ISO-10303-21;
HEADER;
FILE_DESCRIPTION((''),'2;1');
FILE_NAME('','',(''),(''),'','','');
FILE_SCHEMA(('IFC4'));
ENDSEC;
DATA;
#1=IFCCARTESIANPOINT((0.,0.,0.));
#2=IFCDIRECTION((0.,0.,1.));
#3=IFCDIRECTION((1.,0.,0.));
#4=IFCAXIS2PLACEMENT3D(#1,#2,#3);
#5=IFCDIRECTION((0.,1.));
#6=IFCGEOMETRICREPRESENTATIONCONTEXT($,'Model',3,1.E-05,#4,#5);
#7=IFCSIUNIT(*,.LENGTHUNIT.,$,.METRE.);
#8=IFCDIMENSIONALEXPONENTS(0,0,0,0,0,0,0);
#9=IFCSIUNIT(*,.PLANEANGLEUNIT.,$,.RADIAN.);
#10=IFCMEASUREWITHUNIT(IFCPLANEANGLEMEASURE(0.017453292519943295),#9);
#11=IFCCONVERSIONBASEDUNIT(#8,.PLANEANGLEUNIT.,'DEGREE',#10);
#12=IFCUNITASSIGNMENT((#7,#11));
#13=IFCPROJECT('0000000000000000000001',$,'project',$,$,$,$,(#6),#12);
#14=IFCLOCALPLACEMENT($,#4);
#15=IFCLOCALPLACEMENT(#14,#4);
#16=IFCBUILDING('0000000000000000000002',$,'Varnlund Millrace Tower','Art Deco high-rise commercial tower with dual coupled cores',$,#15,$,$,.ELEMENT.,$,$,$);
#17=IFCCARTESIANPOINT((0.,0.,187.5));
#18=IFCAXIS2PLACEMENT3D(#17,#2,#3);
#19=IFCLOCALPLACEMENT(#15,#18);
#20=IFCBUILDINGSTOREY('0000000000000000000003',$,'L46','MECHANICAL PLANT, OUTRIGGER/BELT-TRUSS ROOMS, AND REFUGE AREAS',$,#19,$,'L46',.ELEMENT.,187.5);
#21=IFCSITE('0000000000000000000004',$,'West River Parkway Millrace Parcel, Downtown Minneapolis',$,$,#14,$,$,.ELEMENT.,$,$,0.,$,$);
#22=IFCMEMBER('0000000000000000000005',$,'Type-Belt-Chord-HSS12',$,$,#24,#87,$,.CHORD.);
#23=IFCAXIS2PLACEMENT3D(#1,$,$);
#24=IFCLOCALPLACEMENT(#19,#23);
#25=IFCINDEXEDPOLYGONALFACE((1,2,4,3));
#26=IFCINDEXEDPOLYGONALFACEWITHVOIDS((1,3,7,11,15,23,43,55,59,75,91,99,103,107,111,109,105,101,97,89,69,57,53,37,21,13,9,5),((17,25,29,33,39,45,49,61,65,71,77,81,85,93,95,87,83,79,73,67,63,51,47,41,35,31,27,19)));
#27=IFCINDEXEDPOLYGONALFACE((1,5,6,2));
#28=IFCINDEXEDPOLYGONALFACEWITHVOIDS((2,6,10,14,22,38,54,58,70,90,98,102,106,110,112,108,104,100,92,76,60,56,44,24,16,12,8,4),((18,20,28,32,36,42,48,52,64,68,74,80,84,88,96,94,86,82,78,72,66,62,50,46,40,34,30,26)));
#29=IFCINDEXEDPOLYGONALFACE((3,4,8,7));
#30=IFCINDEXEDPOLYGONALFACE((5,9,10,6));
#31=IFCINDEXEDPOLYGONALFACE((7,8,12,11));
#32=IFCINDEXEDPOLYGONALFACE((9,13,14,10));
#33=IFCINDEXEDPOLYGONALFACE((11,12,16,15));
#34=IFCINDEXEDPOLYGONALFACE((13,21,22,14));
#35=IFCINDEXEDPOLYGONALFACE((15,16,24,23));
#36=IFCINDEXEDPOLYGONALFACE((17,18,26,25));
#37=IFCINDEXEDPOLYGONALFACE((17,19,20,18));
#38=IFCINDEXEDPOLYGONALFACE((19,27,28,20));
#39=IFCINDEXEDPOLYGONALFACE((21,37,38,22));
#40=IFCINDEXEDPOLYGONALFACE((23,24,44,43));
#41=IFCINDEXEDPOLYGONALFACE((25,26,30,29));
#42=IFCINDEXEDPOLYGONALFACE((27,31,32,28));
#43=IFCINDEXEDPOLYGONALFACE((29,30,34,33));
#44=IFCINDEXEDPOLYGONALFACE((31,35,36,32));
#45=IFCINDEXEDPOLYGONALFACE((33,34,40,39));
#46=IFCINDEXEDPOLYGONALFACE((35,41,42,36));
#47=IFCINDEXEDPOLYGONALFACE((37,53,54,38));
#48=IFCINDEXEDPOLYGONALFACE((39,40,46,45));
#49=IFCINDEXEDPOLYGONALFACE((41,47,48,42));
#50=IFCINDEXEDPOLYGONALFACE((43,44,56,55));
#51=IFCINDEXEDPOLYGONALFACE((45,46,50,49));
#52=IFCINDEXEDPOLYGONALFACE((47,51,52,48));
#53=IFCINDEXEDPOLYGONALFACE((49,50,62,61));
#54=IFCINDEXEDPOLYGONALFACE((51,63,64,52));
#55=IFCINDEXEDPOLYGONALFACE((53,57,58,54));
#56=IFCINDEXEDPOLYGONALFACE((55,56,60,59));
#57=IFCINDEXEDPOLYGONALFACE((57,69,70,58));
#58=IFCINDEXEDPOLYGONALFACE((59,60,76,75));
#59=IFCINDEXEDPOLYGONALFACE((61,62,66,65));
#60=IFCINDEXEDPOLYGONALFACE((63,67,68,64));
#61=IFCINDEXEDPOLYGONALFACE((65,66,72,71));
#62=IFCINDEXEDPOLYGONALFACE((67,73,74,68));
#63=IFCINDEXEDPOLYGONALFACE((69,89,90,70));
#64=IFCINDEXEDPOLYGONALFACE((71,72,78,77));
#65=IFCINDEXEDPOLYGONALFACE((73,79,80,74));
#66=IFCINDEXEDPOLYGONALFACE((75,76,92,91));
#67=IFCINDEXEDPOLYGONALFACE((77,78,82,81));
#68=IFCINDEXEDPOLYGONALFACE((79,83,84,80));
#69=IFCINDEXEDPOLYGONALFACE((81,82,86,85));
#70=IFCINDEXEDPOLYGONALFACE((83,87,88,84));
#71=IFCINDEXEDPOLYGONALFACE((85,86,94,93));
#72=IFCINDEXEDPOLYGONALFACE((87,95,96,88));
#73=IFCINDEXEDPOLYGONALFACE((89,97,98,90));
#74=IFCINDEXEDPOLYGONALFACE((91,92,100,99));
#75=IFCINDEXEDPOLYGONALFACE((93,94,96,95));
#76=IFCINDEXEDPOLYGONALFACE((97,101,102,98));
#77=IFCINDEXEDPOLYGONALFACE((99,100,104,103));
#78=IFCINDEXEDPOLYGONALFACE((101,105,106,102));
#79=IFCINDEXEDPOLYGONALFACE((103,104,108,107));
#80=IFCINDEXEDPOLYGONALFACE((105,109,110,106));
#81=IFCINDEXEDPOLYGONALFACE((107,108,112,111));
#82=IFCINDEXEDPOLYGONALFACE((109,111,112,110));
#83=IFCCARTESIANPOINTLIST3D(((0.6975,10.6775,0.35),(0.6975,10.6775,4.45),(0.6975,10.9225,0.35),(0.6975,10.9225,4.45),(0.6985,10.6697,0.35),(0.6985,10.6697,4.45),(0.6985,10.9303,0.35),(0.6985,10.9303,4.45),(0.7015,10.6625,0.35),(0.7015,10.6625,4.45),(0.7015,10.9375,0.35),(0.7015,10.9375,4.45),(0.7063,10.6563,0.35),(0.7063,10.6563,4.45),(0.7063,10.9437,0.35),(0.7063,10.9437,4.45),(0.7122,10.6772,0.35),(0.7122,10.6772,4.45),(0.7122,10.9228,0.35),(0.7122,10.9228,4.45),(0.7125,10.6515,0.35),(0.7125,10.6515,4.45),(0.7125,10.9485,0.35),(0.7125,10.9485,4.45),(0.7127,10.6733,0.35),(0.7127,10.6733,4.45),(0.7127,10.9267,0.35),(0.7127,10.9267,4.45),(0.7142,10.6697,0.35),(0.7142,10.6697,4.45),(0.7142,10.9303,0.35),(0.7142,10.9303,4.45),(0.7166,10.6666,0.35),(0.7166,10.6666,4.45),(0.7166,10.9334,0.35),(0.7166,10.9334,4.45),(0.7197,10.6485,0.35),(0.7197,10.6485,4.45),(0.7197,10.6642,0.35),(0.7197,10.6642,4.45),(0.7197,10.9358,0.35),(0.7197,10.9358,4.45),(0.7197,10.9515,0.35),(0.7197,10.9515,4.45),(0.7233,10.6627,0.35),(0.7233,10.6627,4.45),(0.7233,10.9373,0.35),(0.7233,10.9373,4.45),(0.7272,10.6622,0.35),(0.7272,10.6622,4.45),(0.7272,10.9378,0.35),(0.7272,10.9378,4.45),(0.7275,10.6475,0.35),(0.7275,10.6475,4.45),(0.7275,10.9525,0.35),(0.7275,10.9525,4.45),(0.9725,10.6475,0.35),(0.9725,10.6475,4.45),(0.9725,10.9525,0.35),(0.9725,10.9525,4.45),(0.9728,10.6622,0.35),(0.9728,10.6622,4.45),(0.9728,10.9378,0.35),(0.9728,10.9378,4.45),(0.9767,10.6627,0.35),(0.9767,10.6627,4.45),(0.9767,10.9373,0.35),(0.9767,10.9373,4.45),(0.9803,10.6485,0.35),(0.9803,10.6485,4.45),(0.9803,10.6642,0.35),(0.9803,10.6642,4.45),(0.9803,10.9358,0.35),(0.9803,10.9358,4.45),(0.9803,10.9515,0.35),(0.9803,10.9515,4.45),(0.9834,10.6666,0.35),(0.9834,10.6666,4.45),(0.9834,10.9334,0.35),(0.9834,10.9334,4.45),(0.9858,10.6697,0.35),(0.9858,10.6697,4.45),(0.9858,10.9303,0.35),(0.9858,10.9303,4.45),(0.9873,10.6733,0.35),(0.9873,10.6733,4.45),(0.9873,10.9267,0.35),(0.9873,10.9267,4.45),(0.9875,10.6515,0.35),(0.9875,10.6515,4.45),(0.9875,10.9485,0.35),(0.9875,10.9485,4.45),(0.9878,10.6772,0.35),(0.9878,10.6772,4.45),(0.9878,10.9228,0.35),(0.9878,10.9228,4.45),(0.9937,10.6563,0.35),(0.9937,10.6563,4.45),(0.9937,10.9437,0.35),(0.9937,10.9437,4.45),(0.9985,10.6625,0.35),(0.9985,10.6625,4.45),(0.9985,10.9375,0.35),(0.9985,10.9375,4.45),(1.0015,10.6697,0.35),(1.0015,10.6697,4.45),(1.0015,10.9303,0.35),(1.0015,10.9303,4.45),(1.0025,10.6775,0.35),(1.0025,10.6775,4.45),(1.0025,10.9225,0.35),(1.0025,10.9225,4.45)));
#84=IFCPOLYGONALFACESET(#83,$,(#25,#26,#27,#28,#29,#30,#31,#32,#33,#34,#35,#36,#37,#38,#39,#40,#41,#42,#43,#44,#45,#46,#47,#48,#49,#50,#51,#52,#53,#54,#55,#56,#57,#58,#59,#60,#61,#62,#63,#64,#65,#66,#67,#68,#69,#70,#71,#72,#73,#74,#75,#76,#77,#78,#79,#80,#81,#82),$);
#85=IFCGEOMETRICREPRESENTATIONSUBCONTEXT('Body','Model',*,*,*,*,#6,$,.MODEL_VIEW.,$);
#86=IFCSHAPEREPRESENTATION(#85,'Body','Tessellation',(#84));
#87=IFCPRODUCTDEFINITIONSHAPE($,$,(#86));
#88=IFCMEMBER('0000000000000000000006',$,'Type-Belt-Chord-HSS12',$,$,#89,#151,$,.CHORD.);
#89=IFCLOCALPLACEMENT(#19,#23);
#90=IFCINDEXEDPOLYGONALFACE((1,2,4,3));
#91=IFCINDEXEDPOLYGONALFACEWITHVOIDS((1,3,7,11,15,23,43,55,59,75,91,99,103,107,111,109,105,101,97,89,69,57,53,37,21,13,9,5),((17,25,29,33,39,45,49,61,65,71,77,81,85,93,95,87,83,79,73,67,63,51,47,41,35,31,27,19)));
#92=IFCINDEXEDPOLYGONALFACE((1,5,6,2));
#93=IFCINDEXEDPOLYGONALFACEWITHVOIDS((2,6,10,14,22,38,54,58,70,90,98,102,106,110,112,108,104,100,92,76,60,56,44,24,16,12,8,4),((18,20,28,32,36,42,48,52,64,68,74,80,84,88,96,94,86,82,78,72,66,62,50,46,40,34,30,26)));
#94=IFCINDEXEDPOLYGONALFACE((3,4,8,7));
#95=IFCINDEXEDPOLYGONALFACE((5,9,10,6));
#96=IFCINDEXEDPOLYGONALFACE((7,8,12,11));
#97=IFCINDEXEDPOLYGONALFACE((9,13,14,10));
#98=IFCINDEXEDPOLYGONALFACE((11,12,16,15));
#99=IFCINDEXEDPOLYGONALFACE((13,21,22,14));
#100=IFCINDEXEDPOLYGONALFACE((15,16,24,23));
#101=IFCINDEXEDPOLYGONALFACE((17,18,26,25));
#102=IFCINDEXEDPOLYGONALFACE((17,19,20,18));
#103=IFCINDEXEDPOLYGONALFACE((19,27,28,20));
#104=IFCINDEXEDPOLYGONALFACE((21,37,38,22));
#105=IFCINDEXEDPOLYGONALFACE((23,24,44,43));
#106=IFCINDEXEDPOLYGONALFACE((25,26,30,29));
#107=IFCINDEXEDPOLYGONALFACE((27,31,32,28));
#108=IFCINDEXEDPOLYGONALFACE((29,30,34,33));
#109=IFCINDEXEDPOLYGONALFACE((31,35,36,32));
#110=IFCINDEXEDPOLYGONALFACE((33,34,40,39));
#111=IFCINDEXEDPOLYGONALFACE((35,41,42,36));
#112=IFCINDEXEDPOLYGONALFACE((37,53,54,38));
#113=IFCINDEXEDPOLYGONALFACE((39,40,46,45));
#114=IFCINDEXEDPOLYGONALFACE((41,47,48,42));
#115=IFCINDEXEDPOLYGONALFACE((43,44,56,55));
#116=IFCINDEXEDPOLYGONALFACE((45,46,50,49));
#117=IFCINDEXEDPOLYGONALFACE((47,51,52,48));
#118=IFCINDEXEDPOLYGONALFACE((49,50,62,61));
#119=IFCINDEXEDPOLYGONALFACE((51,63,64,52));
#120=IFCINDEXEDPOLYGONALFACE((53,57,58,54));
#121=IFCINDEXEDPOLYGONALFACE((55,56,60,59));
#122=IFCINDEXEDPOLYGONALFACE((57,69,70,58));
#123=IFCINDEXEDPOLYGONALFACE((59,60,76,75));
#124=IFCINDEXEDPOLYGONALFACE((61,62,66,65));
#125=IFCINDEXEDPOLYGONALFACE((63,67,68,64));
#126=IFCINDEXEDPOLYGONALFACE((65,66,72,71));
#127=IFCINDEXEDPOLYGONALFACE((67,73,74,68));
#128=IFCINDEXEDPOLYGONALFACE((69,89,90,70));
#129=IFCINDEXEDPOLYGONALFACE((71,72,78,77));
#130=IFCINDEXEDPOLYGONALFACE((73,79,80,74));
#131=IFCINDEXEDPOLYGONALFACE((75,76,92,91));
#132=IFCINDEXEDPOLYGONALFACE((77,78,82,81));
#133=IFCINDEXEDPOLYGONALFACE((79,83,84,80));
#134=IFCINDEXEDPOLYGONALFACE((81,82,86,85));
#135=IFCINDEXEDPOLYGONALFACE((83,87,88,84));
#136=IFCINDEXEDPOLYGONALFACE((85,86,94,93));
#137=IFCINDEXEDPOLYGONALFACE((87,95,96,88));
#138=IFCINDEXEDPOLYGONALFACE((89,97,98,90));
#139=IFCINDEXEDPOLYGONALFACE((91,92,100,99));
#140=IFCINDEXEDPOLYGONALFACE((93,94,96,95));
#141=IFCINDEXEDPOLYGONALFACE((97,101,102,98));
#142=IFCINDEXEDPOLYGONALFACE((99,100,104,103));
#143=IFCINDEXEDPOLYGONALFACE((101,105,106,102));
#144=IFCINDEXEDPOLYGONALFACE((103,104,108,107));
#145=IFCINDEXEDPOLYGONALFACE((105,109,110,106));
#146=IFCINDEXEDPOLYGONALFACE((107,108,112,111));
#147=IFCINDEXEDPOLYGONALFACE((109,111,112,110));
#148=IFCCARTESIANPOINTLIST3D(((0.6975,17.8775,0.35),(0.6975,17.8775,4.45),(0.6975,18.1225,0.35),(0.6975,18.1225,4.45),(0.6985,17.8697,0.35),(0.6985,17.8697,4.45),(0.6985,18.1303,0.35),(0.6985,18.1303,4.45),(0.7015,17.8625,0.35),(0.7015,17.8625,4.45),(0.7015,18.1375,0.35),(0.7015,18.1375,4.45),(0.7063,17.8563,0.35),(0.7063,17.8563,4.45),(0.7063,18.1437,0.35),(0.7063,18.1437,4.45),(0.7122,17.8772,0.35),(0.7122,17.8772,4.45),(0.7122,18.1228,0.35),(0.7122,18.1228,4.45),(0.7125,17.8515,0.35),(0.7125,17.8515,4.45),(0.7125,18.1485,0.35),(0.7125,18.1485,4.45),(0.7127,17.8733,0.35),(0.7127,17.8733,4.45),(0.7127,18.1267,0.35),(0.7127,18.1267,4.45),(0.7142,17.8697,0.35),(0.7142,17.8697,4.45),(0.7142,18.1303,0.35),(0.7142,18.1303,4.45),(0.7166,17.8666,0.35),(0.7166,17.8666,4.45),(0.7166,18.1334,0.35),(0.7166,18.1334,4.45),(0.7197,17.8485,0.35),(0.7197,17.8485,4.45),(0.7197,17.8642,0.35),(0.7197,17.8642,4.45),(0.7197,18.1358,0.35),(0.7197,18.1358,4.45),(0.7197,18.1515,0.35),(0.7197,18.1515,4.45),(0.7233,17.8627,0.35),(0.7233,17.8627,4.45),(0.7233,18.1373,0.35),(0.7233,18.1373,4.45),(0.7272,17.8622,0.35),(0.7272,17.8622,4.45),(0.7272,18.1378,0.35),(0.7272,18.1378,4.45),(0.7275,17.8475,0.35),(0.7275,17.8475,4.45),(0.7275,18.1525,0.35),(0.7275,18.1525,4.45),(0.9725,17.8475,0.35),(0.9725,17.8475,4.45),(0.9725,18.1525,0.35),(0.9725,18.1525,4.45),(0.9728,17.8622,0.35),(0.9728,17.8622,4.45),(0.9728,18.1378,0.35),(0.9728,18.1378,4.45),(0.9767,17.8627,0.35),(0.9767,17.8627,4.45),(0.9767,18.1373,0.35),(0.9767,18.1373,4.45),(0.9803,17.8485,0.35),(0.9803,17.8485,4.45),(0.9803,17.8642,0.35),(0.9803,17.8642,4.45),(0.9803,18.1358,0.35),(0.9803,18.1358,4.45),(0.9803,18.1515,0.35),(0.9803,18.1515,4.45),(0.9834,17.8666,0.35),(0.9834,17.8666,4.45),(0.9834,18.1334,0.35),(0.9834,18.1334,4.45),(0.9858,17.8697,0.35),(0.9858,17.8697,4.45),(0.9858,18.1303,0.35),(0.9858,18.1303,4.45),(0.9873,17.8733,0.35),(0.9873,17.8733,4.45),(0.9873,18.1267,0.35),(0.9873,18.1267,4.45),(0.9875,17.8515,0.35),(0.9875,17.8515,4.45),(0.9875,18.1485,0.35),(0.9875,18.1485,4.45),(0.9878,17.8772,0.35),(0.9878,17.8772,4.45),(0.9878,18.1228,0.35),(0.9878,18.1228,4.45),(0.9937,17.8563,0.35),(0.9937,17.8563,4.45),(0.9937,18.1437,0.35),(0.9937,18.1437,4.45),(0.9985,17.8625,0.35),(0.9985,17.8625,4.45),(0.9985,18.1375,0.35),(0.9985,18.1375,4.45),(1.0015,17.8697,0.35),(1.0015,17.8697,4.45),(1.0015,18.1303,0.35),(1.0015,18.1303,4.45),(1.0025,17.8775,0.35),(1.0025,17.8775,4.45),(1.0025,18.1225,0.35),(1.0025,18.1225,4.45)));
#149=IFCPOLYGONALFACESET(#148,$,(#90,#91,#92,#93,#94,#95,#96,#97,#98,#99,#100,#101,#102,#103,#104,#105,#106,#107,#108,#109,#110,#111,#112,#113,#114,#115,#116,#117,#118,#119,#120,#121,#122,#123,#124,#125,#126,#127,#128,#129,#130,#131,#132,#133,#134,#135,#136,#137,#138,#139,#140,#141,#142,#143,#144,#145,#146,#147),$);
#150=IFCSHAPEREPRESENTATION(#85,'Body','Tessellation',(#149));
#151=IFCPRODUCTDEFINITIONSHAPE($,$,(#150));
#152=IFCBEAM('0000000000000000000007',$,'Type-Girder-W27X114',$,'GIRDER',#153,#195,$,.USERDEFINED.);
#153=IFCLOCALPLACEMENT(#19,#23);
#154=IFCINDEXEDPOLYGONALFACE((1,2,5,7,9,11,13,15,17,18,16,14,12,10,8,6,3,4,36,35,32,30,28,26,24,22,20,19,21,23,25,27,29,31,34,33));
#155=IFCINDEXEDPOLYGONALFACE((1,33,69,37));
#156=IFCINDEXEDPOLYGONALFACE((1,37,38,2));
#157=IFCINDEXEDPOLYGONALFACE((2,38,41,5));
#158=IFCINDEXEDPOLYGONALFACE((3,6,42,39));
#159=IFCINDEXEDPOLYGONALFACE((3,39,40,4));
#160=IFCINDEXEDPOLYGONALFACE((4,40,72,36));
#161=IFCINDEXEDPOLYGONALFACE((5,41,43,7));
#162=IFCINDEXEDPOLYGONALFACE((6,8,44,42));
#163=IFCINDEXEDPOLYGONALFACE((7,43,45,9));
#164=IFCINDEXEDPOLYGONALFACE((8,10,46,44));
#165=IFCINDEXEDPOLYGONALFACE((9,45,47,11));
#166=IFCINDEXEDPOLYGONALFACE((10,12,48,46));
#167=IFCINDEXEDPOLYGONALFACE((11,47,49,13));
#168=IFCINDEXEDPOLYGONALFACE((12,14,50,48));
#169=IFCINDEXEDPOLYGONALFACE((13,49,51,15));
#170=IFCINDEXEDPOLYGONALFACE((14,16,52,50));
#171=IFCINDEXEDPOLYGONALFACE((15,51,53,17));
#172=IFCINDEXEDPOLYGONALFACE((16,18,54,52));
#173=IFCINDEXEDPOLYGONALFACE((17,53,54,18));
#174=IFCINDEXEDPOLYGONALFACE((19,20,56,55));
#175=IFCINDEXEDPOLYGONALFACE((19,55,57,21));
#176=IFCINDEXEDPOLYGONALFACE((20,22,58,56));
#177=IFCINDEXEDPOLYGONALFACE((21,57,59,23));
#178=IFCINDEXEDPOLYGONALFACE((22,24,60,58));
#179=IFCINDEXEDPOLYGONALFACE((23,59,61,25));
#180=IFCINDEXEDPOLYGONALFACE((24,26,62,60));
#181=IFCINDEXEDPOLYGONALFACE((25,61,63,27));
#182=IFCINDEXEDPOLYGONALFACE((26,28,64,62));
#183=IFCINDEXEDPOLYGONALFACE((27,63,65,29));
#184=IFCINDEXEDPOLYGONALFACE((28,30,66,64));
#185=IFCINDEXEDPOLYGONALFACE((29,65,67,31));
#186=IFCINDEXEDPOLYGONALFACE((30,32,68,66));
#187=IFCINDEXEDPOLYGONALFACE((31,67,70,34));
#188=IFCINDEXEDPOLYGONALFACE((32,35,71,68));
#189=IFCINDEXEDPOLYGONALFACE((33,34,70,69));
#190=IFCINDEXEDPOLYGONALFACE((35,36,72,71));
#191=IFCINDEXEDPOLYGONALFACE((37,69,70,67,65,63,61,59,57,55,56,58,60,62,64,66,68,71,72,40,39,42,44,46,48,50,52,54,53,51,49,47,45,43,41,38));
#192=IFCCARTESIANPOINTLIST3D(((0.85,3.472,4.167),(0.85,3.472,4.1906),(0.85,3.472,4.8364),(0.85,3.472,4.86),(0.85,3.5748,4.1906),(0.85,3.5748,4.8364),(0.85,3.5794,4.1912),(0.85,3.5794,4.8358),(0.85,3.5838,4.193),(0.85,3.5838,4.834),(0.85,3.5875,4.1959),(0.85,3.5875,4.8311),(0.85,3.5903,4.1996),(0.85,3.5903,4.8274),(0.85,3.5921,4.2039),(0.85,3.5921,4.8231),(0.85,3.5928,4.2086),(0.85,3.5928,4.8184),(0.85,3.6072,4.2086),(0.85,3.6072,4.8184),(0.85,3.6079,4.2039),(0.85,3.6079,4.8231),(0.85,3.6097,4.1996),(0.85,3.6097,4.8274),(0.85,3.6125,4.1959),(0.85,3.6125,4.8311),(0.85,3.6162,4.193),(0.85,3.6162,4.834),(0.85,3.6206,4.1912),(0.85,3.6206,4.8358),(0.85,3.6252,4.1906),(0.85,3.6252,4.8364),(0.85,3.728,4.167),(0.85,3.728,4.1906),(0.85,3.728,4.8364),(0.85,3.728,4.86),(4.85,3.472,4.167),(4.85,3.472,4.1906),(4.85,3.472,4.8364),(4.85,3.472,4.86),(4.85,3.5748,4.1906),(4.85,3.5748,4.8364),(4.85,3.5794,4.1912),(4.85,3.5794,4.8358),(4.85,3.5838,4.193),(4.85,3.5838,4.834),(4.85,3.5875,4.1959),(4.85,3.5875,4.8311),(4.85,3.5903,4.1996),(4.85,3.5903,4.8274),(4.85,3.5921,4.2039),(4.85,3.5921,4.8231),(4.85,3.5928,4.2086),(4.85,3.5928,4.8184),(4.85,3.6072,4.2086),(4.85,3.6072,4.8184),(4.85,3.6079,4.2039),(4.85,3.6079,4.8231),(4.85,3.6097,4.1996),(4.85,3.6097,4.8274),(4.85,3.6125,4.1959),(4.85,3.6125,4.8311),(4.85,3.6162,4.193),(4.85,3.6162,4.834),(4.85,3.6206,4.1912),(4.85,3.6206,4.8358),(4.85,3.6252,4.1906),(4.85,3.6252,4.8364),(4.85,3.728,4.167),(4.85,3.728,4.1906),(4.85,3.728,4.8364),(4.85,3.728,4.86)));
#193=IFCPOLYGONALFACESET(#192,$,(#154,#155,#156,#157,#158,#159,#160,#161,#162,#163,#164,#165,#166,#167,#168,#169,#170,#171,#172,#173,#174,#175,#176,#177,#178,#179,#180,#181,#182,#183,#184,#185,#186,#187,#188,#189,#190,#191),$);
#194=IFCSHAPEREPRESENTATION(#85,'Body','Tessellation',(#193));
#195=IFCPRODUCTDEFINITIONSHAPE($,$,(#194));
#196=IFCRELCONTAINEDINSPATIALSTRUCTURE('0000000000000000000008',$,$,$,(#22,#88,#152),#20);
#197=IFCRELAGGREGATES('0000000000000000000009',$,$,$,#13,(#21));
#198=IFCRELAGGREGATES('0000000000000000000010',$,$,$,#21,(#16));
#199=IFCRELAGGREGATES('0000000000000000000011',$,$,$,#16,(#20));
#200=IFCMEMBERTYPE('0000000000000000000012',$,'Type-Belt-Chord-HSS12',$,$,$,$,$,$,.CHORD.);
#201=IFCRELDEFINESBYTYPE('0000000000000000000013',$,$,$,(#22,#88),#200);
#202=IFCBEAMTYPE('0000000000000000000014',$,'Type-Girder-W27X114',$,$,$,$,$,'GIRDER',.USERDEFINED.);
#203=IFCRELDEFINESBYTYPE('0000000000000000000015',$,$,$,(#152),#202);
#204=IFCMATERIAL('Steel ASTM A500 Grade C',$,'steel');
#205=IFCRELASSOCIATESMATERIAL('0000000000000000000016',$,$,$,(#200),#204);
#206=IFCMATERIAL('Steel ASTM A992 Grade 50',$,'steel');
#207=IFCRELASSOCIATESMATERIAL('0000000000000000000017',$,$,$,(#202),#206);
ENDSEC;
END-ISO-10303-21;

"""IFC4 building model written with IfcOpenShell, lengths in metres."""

from ifc_helpers import new_model, entity, si_unit, converted_unit, direction, frame, origin_with_axes, origin_2d_with_axis, place, context, subcontext, project, spatial, hollow_rectangle, i_section, extrude, material, material_profile, profile_set, type_object, element, save


model = new_model("IFC4")

# Units and contexts
model_context = context("Model", 3, precision=1e-05, world=origin_with_axes(), true_north=direction((0.0, 1.0)))
body_context = subcontext(model_context, "Body", "Model", "MODEL_VIEW")
ifc_project = project(units=[si_unit("LENGTHUNIT", "METRE"), converted_unit("PLANEANGLEUNIT", "DEGREE", entity("IfcPlaneAngleMeasure", 0.017453292519943295), si_unit("PLANEANGLEUNIT", "RADIAN"), dimensions=[0, 0, 0, 0, 0, 0, 0])], contexts=[model_context])

# Site, building, storey
site_placement = place(None, origin_with_axes())
site = spatial("IfcSite", under=ifc_project, at=site_placement, Name="West River Parkway Millrace Parcel, Downtown Minneapolis", CompositionType="ELEMENT", RefElevation=0.0)
building_placement = place(site_placement, origin_with_axes())
building = spatial("IfcBuilding", under=site, at=building_placement, Name="Varnlund Millrace Tower", Description="Art Deco high-rise commercial tower with dual coupled cores", CompositionType="ELEMENT")
storey_placement = place(building_placement, frame((0.0, 0.0, 187.5), z_axis=(0.0, 0.0, 1.0), x_axis=(1.0, 0.0, 0.0)))
storey = spatial("IfcBuildingStorey", under=building, at=storey_placement, Name="L46", Description="MECHANICAL PLANT, OUTRIGGER/BELT-TRUSS ROOMS, AND REFUGE AREAS", LongName="L46", CompositionType="ELEMENT", Elevation=187.5)

# Members
ifc_material_1 = material(Name="Steel ASTM A500 Grade C", Category="steel")
ifc_material_profile_1 = material_profile(ifc_material_1, hollow_rectangle(XDim=0.305, YDim=0.305, WallThickness=0.0147, InnerFilletRadius=0.015, OuterFilletRadius=0.03, at=origin_2d_with_axis()), Name="Steel ASTM A500 Grade C")
ifc_profile_set_1 = profile_set([ifc_material_profile_1], Name="Steel ASTM A500 Grade C")
member_type_1 = type_object("IfcMemberType", Name="Type-Belt-Chord-HSS12", PredefinedType="CHORD", material=ifc_profile_set_1)
for number, where, z_axis, x_axis, name in (
    (1, (0.85, 10.8, 0.35), (0.0, 0.0, 1.0), (1.0, 0.0, 0.0), "Type-Belt-Chord-HSS12"),
    (2, (0.85, 18.0, 0.35), (0.0, 0.0, 1.0), (1.0, 0.0, 0.0), "Type-Belt-Chord-HSS12"),
):
    element("IfcMember", number, at=place(storey_placement, frame(where, z_axis=z_axis, x_axis=x_axis)), inside=storey, type_object=member_type_1, Name=name, PredefinedType="CHORD", context=body_context, shape_type="SweptSolid", body=[
        extrude(hollow_rectangle(XDim=0.305, YDim=0.305, WallThickness=0.0147, InnerFilletRadius=0.015, OuterFilletRadius=0.03, at=origin_2d_with_axis()), origin_with_axes(), (0.0, 0.0, 1.0), 4.1),
    ])

# Beam
ifc_material_2 = material(Name="Steel ASTM A992 Grade 50", Category="steel")
ifc_material_profile_2 = material_profile(ifc_material_2, i_section(OverallWidth=0.256, OverallDepth=0.693, WebThickness=0.0145, FlangeThickness=0.0236, FilletRadius=0.018, at=origin_2d_with_axis()), Name="Steel ASTM A992 Grade 50")
ifc_profile_set_2 = profile_set([ifc_material_profile_2], Name="Steel ASTM A992 Grade 50")
beam_type_1 = type_object("IfcBeamType", Name="Type-Girder-W27X114", ElementType="GIRDER", PredefinedType="USERDEFINED", material=ifc_profile_set_2)
beam_1_placement = place(storey_placement, frame((0.85, 3.6, 4.5135), z_axis=(1.0, 0.0, 0.0), x_axis=(0.0, 1.0, 0.0)))
element("IfcBeam", 3, at=beam_1_placement, inside=storey, type_object=beam_type_1, Name="Type-Girder-W27X114", ObjectType="GIRDER", PredefinedType="USERDEFINED", context=body_context, shape_type="SweptSolid", body=[
    extrude(i_section(OverallWidth=0.256, OverallDepth=0.693, WebThickness=0.0145, FlangeThickness=0.0236, FilletRadius=0.018, at=origin_2d_with_axis()), origin_with_axes(), (0.0, 0.0, 1.0), 4.0),
])

save(model, "model.ifc")
